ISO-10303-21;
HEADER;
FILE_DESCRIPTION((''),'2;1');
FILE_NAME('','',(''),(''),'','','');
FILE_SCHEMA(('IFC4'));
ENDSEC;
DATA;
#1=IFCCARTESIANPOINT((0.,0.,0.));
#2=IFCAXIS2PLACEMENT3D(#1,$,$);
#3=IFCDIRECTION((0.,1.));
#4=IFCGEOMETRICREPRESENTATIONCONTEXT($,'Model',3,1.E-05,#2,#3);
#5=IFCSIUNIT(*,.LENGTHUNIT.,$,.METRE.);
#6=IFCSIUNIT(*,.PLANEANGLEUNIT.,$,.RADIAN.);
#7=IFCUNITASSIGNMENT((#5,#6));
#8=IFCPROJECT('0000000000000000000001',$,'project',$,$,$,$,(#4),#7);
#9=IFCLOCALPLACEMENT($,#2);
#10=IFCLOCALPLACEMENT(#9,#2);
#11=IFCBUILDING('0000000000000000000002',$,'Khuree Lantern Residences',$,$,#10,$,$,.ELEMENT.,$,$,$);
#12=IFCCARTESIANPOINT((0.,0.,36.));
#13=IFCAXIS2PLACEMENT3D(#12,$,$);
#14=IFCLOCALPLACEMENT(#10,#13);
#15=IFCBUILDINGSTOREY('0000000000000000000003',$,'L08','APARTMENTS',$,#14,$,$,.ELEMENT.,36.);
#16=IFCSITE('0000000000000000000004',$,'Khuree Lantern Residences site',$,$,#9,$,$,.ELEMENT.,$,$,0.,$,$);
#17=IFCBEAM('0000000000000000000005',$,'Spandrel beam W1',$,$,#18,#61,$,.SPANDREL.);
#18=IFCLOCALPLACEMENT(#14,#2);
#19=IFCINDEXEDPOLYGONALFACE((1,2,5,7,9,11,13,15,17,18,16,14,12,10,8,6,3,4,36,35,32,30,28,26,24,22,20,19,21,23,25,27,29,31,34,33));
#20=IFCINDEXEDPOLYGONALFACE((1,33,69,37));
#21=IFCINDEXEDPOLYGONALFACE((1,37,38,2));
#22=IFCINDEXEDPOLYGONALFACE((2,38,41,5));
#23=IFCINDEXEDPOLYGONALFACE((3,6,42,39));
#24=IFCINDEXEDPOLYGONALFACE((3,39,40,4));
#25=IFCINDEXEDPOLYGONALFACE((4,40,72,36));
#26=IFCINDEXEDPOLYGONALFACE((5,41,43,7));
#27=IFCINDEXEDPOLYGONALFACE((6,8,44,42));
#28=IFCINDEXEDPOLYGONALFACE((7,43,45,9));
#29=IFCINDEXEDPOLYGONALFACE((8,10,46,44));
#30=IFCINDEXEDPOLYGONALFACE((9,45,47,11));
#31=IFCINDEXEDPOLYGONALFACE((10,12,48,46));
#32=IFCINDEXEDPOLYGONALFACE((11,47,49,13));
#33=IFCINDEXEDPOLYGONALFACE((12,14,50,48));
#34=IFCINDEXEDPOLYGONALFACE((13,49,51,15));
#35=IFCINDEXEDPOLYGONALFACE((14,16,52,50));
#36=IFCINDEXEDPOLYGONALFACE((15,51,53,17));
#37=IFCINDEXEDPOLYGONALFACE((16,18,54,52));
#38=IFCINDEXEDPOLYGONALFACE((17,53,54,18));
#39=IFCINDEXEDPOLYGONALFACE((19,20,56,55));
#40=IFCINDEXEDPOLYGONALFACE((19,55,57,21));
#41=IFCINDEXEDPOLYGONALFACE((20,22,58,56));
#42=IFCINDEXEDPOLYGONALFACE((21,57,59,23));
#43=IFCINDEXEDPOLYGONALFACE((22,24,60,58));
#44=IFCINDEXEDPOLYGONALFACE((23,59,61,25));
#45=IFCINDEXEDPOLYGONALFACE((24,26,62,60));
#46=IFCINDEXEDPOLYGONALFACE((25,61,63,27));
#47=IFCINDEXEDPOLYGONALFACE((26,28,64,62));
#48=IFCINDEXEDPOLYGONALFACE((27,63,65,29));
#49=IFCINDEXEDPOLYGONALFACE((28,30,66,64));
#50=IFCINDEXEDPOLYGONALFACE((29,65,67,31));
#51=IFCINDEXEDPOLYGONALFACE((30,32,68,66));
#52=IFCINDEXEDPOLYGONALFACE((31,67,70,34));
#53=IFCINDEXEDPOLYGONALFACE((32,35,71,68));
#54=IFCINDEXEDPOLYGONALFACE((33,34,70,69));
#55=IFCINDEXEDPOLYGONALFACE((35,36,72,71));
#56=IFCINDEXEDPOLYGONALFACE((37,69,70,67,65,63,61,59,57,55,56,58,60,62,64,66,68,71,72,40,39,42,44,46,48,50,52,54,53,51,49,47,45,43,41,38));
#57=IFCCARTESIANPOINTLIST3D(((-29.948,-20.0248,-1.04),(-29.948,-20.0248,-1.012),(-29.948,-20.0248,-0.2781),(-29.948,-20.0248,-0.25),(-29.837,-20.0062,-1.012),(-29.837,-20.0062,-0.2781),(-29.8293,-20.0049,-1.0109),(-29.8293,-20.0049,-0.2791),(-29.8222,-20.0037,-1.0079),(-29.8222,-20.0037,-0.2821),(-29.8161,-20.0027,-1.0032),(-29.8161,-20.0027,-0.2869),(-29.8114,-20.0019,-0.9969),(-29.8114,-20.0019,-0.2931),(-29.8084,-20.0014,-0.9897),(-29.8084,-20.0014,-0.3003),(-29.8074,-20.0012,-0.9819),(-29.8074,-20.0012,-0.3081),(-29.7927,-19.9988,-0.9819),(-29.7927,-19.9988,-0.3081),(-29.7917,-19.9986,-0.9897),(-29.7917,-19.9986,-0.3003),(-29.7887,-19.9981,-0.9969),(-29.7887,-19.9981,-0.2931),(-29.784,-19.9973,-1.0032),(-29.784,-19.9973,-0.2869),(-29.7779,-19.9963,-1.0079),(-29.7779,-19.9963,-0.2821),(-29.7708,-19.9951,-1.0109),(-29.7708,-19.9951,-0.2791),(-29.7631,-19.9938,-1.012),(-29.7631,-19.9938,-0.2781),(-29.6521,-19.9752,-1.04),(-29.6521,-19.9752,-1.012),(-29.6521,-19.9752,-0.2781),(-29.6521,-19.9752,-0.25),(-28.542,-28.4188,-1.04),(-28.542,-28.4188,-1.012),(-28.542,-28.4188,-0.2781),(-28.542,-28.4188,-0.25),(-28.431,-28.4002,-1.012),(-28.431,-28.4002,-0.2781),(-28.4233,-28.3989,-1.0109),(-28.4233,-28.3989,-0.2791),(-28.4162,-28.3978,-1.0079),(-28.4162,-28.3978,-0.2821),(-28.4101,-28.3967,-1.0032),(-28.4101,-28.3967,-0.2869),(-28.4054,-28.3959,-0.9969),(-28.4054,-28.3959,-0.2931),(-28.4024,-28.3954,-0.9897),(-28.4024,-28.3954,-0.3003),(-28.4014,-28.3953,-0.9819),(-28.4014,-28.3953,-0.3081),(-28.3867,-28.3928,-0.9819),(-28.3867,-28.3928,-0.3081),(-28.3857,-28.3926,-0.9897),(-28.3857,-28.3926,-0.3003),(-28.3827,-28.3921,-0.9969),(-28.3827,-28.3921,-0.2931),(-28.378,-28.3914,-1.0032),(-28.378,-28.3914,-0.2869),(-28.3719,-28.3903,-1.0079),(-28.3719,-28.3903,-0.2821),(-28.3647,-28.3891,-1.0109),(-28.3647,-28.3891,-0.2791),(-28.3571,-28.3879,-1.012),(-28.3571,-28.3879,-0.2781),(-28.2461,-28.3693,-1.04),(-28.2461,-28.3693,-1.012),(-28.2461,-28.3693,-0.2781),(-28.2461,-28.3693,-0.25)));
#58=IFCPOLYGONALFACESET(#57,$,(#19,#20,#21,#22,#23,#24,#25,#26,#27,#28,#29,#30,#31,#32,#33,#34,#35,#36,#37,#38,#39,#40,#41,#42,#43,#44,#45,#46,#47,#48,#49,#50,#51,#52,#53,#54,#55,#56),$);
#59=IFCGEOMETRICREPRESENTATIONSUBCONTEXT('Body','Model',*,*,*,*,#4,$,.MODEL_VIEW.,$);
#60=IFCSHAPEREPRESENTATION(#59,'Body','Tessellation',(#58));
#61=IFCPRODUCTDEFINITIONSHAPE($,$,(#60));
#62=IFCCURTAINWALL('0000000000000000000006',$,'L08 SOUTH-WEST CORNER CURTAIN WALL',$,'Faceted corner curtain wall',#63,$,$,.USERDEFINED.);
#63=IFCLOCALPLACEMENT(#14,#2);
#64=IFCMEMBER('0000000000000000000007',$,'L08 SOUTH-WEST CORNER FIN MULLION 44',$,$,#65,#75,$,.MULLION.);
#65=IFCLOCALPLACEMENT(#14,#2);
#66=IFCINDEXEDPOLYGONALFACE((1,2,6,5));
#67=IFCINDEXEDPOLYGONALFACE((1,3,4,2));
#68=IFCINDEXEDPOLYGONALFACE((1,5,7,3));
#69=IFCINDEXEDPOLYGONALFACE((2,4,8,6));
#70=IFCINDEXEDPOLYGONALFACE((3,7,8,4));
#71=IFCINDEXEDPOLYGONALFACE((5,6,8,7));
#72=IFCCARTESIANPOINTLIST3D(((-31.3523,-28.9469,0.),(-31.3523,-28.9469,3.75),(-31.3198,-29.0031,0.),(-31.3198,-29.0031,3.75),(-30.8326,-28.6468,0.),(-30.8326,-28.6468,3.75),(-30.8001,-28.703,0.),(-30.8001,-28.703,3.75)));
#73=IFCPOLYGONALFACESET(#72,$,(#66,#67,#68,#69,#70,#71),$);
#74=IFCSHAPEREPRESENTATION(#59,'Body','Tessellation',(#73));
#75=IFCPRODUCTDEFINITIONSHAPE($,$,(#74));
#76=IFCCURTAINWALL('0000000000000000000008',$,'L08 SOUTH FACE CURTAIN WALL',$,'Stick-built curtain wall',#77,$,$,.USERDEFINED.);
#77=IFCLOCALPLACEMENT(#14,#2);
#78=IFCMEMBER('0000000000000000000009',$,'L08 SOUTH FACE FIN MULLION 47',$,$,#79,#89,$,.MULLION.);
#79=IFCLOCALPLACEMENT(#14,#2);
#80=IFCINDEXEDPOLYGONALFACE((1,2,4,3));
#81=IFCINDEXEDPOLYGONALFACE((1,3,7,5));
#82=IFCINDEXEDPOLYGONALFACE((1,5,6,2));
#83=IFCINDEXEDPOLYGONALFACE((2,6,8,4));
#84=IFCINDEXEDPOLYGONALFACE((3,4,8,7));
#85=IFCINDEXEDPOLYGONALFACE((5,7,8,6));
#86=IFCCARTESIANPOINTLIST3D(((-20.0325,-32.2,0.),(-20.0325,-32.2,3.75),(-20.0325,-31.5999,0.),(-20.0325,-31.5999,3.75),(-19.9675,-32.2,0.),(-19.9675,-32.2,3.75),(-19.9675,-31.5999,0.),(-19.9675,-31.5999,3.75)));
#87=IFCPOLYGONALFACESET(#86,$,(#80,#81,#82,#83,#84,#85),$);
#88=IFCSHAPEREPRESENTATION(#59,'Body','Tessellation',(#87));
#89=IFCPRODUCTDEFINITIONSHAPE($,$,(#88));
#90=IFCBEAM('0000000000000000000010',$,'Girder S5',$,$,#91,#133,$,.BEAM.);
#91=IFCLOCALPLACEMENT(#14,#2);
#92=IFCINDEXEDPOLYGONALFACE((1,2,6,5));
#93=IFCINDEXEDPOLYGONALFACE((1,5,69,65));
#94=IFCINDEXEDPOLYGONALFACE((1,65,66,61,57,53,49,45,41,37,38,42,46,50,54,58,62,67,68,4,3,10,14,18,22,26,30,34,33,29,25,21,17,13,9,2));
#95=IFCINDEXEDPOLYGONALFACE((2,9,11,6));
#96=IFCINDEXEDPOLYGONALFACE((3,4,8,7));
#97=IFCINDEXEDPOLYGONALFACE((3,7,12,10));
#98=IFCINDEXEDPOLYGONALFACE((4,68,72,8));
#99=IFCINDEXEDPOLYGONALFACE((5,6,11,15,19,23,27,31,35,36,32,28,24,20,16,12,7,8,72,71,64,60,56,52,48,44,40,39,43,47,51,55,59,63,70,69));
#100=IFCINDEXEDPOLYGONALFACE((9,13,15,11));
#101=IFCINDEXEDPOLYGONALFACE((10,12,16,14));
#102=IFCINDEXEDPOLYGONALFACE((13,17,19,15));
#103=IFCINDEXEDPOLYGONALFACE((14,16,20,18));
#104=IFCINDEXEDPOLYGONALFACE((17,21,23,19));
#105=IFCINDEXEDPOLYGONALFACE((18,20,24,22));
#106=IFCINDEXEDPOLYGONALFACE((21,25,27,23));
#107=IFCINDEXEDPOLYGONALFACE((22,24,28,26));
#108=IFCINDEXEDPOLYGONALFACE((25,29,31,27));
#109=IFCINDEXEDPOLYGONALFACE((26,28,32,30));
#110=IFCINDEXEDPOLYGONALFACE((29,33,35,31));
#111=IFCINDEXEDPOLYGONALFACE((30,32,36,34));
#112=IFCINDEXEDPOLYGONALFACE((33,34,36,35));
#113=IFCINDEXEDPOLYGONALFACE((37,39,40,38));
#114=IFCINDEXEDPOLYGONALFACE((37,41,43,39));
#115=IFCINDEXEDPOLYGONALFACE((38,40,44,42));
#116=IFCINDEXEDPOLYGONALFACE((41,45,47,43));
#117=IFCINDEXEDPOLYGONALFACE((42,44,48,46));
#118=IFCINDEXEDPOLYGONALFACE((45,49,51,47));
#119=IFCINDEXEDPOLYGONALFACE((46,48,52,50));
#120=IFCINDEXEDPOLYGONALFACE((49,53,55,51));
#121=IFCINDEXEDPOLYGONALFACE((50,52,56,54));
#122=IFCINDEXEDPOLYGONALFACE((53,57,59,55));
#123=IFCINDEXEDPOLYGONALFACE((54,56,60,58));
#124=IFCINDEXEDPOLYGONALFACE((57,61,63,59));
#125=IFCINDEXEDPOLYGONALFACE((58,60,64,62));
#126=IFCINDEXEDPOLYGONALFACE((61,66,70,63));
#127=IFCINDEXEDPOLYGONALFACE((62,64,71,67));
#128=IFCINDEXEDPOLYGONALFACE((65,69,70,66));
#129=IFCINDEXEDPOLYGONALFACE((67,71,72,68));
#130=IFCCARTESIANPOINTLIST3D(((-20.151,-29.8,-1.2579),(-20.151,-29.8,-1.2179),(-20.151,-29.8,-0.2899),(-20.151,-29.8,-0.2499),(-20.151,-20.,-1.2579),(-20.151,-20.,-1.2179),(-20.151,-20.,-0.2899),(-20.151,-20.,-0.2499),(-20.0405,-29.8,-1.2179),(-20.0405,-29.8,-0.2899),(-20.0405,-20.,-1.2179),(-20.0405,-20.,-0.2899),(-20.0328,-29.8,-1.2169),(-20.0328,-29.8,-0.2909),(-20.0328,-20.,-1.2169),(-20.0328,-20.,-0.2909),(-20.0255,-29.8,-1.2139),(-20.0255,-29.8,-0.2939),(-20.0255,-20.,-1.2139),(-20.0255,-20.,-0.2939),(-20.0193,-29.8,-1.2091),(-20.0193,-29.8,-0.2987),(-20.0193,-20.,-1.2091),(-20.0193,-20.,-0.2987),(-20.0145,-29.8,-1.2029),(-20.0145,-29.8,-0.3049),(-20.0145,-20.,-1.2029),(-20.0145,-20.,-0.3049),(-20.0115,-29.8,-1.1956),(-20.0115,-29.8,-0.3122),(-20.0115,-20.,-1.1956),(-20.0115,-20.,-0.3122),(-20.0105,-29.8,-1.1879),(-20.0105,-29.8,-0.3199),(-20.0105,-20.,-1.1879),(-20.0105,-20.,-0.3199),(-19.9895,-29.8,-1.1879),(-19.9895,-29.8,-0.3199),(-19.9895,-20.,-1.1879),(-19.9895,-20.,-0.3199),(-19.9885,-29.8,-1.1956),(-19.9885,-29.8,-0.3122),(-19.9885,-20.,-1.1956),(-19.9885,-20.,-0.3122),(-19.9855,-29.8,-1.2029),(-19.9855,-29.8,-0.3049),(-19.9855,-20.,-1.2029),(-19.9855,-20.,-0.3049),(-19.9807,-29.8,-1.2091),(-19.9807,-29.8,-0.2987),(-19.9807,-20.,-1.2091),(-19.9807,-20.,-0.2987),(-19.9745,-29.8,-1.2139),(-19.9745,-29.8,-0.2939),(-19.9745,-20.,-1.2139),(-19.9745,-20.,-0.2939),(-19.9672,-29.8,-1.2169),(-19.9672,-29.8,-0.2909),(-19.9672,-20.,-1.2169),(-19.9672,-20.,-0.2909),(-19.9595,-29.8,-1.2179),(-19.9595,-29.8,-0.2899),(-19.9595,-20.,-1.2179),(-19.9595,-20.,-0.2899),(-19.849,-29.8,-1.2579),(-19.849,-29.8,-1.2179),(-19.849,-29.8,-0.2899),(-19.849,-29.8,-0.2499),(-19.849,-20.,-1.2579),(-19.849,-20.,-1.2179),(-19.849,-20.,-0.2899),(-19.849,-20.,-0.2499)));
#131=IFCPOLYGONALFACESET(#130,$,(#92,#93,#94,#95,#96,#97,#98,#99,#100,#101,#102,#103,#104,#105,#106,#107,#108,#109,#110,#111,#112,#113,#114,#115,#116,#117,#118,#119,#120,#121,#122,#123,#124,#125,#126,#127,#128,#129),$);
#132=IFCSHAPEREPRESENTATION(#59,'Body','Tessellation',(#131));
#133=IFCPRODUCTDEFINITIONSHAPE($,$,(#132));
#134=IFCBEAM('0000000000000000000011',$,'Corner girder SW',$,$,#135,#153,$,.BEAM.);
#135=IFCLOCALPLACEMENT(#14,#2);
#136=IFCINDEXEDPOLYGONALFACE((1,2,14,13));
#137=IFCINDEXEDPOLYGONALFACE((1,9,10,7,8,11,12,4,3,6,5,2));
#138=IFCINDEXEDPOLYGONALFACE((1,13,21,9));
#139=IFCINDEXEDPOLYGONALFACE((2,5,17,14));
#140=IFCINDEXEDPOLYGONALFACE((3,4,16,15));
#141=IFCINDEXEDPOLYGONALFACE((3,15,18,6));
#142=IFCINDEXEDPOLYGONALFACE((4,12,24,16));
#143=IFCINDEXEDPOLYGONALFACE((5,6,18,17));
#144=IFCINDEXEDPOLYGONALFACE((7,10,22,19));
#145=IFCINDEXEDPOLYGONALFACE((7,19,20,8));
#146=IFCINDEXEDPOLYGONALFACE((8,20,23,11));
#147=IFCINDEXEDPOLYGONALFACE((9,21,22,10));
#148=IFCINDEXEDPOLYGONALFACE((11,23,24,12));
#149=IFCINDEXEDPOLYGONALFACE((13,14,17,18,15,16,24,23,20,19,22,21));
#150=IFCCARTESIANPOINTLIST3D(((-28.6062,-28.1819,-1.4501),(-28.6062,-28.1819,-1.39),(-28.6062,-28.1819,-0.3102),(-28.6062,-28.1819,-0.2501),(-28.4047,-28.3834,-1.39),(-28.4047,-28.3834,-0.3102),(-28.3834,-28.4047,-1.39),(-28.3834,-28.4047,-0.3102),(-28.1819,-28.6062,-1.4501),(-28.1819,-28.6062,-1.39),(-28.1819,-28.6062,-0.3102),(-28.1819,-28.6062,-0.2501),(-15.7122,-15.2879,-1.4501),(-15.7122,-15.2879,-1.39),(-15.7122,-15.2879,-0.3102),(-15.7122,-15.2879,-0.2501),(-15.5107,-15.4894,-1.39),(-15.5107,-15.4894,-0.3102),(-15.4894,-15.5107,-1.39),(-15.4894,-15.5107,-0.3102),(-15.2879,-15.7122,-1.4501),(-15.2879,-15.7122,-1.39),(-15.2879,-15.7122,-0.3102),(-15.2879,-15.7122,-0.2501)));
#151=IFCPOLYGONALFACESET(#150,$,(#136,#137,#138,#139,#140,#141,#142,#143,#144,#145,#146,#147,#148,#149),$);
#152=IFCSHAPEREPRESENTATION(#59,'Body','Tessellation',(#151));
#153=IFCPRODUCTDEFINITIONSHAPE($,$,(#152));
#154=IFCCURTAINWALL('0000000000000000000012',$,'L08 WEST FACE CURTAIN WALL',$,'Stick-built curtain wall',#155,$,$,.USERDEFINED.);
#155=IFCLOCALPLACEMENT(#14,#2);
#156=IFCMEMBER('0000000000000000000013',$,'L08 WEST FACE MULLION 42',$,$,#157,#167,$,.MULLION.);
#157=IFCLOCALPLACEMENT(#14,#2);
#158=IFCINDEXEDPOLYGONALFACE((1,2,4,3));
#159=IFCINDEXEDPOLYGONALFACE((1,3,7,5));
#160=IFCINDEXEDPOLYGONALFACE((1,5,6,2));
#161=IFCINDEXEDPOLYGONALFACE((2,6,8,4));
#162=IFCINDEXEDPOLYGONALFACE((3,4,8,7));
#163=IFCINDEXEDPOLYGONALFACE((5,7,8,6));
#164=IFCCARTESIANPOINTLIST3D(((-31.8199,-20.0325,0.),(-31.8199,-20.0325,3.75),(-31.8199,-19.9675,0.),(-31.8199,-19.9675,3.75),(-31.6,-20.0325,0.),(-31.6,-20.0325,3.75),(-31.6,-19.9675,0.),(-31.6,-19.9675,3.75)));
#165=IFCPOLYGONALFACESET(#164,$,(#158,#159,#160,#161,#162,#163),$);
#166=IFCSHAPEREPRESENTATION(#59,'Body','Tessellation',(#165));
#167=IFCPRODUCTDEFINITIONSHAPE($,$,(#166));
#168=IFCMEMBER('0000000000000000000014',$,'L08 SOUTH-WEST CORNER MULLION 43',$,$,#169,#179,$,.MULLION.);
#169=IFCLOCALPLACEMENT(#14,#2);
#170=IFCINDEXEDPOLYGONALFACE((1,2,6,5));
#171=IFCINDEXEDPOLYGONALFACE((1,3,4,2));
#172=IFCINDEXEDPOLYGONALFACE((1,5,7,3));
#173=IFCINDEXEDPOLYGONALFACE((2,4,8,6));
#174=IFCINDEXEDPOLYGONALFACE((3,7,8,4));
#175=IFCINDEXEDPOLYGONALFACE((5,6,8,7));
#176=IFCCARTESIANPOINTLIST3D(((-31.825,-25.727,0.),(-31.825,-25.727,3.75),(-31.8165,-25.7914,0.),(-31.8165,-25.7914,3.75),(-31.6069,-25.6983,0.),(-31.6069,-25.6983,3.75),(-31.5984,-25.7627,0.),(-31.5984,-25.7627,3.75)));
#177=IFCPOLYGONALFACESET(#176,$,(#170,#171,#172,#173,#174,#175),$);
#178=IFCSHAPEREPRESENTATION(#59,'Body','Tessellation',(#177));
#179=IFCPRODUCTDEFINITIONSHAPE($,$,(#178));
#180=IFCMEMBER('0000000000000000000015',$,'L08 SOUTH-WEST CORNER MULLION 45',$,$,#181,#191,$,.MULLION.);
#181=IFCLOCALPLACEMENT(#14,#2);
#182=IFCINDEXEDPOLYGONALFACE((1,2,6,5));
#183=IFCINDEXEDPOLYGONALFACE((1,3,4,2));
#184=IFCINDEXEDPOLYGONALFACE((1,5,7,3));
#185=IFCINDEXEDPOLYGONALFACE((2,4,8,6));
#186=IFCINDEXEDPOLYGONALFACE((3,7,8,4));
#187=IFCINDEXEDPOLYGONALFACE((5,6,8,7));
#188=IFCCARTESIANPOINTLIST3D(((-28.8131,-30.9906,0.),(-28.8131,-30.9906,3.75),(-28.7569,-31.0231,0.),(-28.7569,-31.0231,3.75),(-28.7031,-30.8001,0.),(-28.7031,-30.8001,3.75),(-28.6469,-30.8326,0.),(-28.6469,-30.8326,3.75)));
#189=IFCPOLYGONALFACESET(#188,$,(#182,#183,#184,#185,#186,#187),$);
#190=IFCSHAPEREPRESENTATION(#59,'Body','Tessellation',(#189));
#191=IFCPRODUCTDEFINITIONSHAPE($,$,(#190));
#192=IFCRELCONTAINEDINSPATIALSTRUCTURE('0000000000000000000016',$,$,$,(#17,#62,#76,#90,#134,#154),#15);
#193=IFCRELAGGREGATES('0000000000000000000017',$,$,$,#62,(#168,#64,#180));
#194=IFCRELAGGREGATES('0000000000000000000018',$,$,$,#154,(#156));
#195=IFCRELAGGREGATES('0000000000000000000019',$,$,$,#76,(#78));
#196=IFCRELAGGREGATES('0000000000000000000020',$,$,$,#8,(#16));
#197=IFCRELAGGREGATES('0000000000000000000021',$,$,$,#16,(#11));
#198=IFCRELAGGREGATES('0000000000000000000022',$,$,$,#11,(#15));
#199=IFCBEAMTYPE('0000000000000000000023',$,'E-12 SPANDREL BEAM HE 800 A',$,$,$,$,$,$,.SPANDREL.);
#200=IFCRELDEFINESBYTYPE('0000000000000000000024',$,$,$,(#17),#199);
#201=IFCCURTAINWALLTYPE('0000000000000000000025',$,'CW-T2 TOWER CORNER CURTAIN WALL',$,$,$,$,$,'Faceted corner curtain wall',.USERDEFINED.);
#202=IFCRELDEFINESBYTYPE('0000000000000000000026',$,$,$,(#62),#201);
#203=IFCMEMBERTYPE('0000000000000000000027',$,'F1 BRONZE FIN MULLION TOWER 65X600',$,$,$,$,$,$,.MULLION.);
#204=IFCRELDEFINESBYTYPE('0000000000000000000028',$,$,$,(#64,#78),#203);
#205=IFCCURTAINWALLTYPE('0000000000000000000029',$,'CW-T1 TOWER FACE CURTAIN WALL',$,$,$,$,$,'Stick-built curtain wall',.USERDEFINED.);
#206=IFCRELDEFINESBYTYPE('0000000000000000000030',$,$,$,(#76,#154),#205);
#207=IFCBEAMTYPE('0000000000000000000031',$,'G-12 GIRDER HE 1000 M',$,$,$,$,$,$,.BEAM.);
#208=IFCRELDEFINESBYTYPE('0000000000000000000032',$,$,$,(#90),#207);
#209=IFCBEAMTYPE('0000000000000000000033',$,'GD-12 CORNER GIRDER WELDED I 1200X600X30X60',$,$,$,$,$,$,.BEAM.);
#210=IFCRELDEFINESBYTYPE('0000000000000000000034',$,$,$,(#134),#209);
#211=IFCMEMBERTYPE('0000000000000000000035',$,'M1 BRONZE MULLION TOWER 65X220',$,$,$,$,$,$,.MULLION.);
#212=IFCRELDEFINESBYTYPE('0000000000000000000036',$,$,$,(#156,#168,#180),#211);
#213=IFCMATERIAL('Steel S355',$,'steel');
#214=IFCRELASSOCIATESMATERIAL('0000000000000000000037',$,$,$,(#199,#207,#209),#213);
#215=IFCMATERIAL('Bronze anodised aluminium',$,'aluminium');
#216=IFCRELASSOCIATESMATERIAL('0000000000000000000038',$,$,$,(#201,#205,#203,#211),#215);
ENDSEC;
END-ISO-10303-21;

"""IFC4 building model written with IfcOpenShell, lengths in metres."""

from ifc_helpers import new_model, si_unit, direction, frame, origin, origin_2d, place, context, subcontext, project, spatial, rectangle, i_section, extrude, material, material_profile, profile_set, type_object, element, aggregate, save


model = new_model("IFC4")

# Units and contexts
model_context = context("Model", 3, precision=1e-05, world=origin(), true_north=direction((0.0, 1.0)))
body_context = subcontext(model_context, "Body", "Model", "MODEL_VIEW")
ifc_project = project(units=[si_unit("LENGTHUNIT", "METRE"), si_unit("PLANEANGLEUNIT", "RADIAN")], contexts=[model_context])

# Site, building, storey
site_placement = place(None, origin())
site = spatial("IfcSite", under=ifc_project, at=site_placement, Name="Khuree Lantern Residences site", CompositionType="ELEMENT", RefElevation=0.0)
building_placement = place(site_placement, origin())
building = spatial("IfcBuilding", under=site, at=building_placement, Name="Khuree Lantern Residences", CompositionType="ELEMENT")
storey_placement = place(building_placement, frame((0.0, 0.0, 36.0)))
storey = spatial("IfcBuildingStorey", under=building, at=storey_placement, Name="L08", Description="APARTMENTS", CompositionType="ELEMENT", Elevation=36.0)

# Beam
ifc_material_1 = material(Name="Steel S355", Category="steel")
ifc_material_profile_1 = material_profile(ifc_material_1, i_section(OverallWidth=0.3, OverallDepth=0.79, WebThickness=0.0149, FlangeThickness=0.0281, FilletRadius=0.03, at=origin_2d()), Name="HE 800 A")
ifc_profile_set_1 = profile_set([ifc_material_profile_1], Name="Steel S355")
beam_type_1 = type_object("IfcBeamType", Name="E-12 SPANDREL BEAM HE 800 A", PredefinedType="SPANDREL", material=ifc_profile_set_1)
for number, where, z_axis, x_axis, name in (
    (1, (-28.394, -28.394, -0.645), (-0.165199, 0.98626, 0.0), (-0.98626, -0.165199, 0.0), "Spandrel beam W1"),
):
    element("IfcBeam", number, at=place(storey_placement, frame(where, z_axis=z_axis, x_axis=x_axis)), inside=storey, type_object=beam_type_1, Name=name, PredefinedType="SPANDREL", context=body_context, shape_type="SweptSolid", body=[
        extrude(i_section(OverallWidth=0.3, OverallDepth=0.79, WebThickness=0.0149, FlangeThickness=0.0281, FilletRadius=0.03, at=origin_2d()), origin(), (0.0, 0.0, 1.0), 8.511),
    ])

# Curtain walls, members
ifc_material_2 = material(Name="Bronze anodised aluminium", Category="aluminium")
curtain_wall_type_1 = type_object("IfcCurtainWallType", Name="CW-T2 TOWER CORNER CURTAIN WALL", ElementType="Faceted corner curtain wall", PredefinedType="USERDEFINED", material=ifc_material_2)
curtain_wall_1_placement = place(storey_placement, origin())
curtain_wall_1 = element("IfcCurtainWall", 2, at=curtain_wall_1_placement, inside=storey, type_object=curtain_wall_type_1, Name="L08 SOUTH-WEST CORNER CURTAIN WALL", ObjectType="Faceted corner curtain wall", PredefinedType="USERDEFINED")
ifc_material_profile_2 = material_profile(ifc_material_2, rectangle(XDim=0.0649, YDim=0.6001, at=origin_2d()), Name="F1 65X600")
ifc_profile_set_2 = profile_set([ifc_material_profile_2], Name="Bronze anodised aluminium")
member_type_1 = type_object("IfcMemberType", Name="F1 BRONZE FIN MULLION TOWER 65X600", PredefinedType="MULLION", material=ifc_profile_set_2)
member_1_placement = place(storey_placement, frame((-31.0762, -28.825, 0.0), z_axis=(0.0, 0.0, 1.0), x_axis=(0.5, -0.866025, 0.0)))
member_1 = element("IfcMember", 3, at=member_1_placement, type_object=member_type_1, Name="L08 SOUTH-WEST CORNER FIN MULLION 44", PredefinedType="MULLION", context=body_context, shape_type="SweptSolid", body=[
    extrude(rectangle(XDim=0.0649, YDim=0.6001, at=origin_2d()), origin(), (0.0, 0.0, 1.0), 3.75),
])
curtain_wall_type_2 = type_object("IfcCurtainWallType", Name="CW-T1 TOWER FACE CURTAIN WALL", ElementType="Stick-built curtain wall", PredefinedType="USERDEFINED", material=ifc_material_2)
curtain_wall_2_placement = place(storey_placement, origin())
curtain_wall_2 = element("IfcCurtainWall", 4, at=curtain_wall_2_placement, inside=storey, type_object=curtain_wall_type_2, Name="L08 SOUTH FACE CURTAIN WALL", ObjectType="Stick-built curtain wall", PredefinedType="USERDEFINED")
member_2_placement = place(storey_placement, frame((-20.0, -31.8999, 0.0), z_axis=(0.0, 0.0, 1.0), x_axis=(1.0, 0.0, 0.0)))
member_2 = element("IfcMember", 5, at=member_2_placement, type_object=member_type_1, Name="L08 SOUTH FACE FIN MULLION 47", PredefinedType="MULLION", context=body_context, shape_type="SweptSolid", body=[
    extrude(rectangle(XDim=0.0649, YDim=0.6001, at=origin_2d()), origin(), (0.0, 0.0, 1.0), 3.75),
])

# Beams
ifc_material_profile_3 = material_profile(ifc_material_1, i_section(OverallWidth=0.302, OverallDepth=1.0081, WebThickness=0.021, FlangeThickness=0.04, FilletRadius=0.03, at=origin_2d()), Name="HE 1000 M")
ifc_profile_set_3 = profile_set([ifc_material_profile_3], Name="Steel S355")
beam_type_2 = type_object("IfcBeamType", Name="G-12 GIRDER HE 1000 M", PredefinedType="BEAM", material=ifc_profile_set_3)
beam_1_placement = place(storey_placement, frame((-20.0, -29.8, -0.7539), z_axis=(0.0, 1.0, 0.0), x_axis=(-1.0, 0.0, 0.0)))
element("IfcBeam", 6, at=beam_1_placement, inside=storey, type_object=beam_type_2, Name="Girder S5", PredefinedType="BEAM", context=body_context, shape_type="SweptSolid", body=[
    extrude(i_section(OverallWidth=0.302, OverallDepth=1.0081, WebThickness=0.021, FlangeThickness=0.04, FilletRadius=0.03, at=origin_2d()), origin(), (0.0, 0.0, 1.0), 9.8),
])
ifc_material_profile_4 = material_profile(ifc_material_1, i_section(OverallWidth=0.6001, OverallDepth=1.2, WebThickness=0.03, FlangeThickness=0.0601, at=origin_2d()), Name="WELDED I 1200X600X30X60")
ifc_profile_set_4 = profile_set([ifc_material_profile_4], Name="Steel S355")
beam_type_3 = type_object("IfcBeamType", Name="GD-12 CORNER GIRDER WELDED I 1200X600X30X60", PredefinedType="BEAM", material=ifc_profile_set_4)
beam_2_placement = place(storey_placement, frame((-28.394, -28.394, -0.8501), z_axis=(0.707107, 0.707107, 0.0), x_axis=(-0.707107, 0.707107, 0.0)))
element("IfcBeam", 7, at=beam_2_placement, inside=storey, type_object=beam_type_3, Name="Corner girder SW", PredefinedType="BEAM", context=body_context, shape_type="SweptSolid", body=[
    extrude(i_section(OverallWidth=0.6001, OverallDepth=1.2, WebThickness=0.03, FlangeThickness=0.0601, at=origin_2d()), origin(), (0.0, 0.0, 1.0), 18.2349),
])

# Curtain wall, member
curtain_wall_3_placement = place(storey_placement, origin())
curtain_wall_3 = element("IfcCurtainWall", 8, at=curtain_wall_3_placement, inside=storey, type_object=curtain_wall_type_2, Name="L08 WEST FACE CURTAIN WALL", ObjectType="Stick-built curtain wall", PredefinedType="USERDEFINED")
ifc_material_profile_5 = material_profile(ifc_material_2, rectangle(XDim=0.0649, YDim=0.22, at=origin_2d()), Name="M1 65X220")
ifc_profile_set_5 = profile_set([ifc_material_profile_5], Name="Bronze anodised aluminium")
member_type_2 = type_object("IfcMemberType", Name="M1 BRONZE MULLION TOWER 65X220", PredefinedType="MULLION", material=ifc_profile_set_5)
member_3_placement = place(storey_placement, frame((-31.71, -20.0, 0.0), z_axis=(0.0, 0.0, 1.0), x_axis=(0.0, -1.0, 0.0)))
member_3 = element("IfcMember", 9, at=member_3_placement, type_object=member_type_2, Name="L08 WEST FACE MULLION 42", PredefinedType="MULLION", context=body_context, shape_type="SweptSolid", body=[
    extrude(rectangle(XDim=0.0649, YDim=0.22, at=origin_2d()), origin(), (0.0, 0.0, 1.0), 3.75),
])

# Members
member_4_placement = place(storey_placement, frame((-31.7117, -25.7449, 0.0), z_axis=(0.0, 0.0, 1.0), x_axis=(0.130526, -0.991445, 0.0)))
member_4 = element("IfcMember", 10, at=member_4_placement, type_object=member_type_2, Name="L08 SOUTH-WEST CORNER MULLION 43", PredefinedType="MULLION", context=body_context, shape_type="SweptSolid", body=[
    extrude(rectangle(XDim=0.0649, YDim=0.22, at=origin_2d()), origin(), (0.0, 0.0, 1.0), 3.75),
])
member_5_placement = place(storey_placement, frame((-28.73, -30.9116, 0.0), z_axis=(0.0, 0.0, 1.0), x_axis=(0.866025, -0.5, 0.0)))
member_5 = element("IfcMember", 11, at=member_5_placement, type_object=member_type_2, Name="L08 SOUTH-WEST CORNER MULLION 45", PredefinedType="MULLION", context=body_context, shape_type="SweptSolid", body=[
    extrude(rectangle(XDim=0.0649, YDim=0.22, at=origin_2d()), origin(), (0.0, 0.0, 1.0), 3.75),
])

aggregate(curtain_wall_1, [member_4, member_1, member_5])
aggregate(curtain_wall_3, [member_3])
aggregate(curtain_wall_2, [member_2])

save(model, "model.ifc")
